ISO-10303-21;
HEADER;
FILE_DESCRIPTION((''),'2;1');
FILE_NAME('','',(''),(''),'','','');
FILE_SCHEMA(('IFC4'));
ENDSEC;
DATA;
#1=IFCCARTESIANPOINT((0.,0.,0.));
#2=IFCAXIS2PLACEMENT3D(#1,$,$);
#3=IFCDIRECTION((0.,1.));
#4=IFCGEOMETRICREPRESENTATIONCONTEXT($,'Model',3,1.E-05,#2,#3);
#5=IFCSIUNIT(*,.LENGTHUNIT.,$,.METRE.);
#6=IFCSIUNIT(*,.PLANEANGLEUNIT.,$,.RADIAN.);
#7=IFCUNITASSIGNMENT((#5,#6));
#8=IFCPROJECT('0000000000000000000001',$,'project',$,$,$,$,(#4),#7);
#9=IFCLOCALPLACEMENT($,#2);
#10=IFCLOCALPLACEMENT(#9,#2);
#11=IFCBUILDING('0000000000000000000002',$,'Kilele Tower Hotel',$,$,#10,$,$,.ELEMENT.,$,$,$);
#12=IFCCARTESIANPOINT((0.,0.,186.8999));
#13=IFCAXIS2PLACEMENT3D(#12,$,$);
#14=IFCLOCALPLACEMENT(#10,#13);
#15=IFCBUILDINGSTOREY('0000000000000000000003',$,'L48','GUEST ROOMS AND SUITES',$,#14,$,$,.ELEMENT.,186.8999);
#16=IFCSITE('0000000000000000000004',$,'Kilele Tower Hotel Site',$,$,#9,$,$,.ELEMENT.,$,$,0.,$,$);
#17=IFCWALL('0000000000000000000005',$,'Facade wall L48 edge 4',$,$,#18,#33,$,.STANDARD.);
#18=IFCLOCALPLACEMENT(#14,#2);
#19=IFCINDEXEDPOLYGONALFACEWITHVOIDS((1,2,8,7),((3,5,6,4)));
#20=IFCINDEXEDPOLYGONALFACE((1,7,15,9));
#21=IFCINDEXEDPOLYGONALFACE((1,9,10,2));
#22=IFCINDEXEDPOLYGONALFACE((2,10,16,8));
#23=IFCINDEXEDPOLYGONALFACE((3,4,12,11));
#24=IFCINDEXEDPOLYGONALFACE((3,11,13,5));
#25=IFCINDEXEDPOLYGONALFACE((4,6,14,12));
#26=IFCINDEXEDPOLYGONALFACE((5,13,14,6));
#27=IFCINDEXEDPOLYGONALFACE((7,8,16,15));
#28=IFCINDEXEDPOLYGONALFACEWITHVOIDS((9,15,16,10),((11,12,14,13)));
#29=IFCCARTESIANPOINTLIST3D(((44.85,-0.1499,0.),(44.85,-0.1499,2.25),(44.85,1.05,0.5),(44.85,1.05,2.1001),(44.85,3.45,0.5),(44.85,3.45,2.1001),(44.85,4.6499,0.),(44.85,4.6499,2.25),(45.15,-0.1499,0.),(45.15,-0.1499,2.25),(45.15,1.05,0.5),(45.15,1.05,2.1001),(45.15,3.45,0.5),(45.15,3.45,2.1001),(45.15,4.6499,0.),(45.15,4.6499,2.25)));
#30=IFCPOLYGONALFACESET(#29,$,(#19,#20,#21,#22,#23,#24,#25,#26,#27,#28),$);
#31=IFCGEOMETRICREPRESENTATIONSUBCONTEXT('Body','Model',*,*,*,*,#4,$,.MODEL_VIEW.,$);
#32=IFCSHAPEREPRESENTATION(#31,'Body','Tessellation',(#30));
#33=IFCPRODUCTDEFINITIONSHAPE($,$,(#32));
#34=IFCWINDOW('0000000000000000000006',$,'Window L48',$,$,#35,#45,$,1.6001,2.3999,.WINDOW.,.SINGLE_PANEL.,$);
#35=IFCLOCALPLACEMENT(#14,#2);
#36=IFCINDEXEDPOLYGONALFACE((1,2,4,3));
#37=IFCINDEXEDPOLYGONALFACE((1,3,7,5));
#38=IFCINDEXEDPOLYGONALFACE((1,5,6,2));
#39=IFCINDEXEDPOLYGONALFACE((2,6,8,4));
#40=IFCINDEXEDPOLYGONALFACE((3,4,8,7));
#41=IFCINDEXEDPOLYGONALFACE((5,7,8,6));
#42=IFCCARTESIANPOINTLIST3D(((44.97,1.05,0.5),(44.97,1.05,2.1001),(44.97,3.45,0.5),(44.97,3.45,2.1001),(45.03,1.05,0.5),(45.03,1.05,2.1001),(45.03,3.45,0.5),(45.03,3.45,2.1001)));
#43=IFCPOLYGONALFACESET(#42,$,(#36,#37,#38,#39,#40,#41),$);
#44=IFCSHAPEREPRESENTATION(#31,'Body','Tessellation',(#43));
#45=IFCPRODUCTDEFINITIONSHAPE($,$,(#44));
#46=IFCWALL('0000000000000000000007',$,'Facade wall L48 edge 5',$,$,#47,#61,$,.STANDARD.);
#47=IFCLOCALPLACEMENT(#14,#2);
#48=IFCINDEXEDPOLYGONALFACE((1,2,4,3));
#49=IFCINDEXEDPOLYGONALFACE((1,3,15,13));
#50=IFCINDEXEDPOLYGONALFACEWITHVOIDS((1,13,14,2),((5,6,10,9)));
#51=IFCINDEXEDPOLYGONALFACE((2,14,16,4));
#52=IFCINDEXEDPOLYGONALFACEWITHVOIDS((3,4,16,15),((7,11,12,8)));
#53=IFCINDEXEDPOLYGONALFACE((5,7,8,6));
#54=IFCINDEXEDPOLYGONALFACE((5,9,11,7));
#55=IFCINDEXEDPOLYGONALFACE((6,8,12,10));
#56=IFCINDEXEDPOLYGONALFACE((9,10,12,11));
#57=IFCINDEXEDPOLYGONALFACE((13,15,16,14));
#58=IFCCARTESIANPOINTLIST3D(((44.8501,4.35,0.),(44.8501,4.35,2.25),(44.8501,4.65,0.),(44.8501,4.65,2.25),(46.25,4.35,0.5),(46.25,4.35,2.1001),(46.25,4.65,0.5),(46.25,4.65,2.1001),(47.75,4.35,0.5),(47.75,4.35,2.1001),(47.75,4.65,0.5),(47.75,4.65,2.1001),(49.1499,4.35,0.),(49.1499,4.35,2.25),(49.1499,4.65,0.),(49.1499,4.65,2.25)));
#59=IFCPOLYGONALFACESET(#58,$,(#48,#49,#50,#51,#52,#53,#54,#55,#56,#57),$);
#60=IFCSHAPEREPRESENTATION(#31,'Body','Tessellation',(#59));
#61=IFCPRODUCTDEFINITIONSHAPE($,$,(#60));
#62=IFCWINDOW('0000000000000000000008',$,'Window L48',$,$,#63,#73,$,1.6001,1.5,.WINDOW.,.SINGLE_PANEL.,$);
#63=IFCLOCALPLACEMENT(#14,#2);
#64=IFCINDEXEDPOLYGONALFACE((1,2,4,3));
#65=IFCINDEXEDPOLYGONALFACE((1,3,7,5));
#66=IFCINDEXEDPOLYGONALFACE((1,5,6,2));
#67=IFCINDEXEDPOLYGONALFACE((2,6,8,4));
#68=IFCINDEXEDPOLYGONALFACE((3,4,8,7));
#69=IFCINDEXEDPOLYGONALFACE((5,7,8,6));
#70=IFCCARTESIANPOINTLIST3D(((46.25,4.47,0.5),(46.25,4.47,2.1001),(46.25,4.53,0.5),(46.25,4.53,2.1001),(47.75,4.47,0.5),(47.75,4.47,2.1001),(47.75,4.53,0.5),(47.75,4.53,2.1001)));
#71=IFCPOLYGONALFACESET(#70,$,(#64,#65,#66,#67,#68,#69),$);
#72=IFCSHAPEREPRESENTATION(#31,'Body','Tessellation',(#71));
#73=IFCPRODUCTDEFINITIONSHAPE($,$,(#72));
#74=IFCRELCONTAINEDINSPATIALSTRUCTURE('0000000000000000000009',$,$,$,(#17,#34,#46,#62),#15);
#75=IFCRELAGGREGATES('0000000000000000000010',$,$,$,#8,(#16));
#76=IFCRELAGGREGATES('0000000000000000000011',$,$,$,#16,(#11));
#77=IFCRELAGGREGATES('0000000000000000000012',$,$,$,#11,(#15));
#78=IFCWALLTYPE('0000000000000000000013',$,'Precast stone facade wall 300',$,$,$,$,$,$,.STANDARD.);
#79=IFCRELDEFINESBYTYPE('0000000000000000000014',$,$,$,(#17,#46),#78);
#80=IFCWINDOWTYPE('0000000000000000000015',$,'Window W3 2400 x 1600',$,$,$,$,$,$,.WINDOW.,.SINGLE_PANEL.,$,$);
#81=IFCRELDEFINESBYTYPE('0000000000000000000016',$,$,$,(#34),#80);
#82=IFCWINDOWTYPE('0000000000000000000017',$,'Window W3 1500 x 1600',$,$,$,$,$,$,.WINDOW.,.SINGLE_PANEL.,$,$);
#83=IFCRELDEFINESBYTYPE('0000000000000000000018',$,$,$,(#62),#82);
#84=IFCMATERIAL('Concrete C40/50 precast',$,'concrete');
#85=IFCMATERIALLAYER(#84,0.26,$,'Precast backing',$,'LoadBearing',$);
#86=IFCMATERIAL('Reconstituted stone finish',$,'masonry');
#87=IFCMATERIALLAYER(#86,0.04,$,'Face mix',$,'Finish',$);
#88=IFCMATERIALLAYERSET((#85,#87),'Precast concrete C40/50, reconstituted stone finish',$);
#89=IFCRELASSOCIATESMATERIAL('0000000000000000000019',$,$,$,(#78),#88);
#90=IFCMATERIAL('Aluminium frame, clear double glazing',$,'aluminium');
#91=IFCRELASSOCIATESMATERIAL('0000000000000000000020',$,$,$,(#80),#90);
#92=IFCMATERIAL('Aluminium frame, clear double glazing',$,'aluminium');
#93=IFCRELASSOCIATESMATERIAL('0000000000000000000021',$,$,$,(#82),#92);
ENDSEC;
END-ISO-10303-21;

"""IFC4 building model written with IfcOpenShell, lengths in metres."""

from ifc_helpers import new_model, si_unit, direction, frame, frame_2d, origin, place, context, subcontext, project, spatial, rectangle, extrude, material, layer, layer_set, type_object, element, fill, save


model = new_model("IFC4")

# Units and contexts
model_context = context("Model", 3, precision=1e-05, world=origin(), true_north=direction((0.0, 1.0)))
body_context = subcontext(model_context, "Body", "Model", "MODEL_VIEW")
ifc_project = project(units=[si_unit("LENGTHUNIT", "METRE"), si_unit("PLANEANGLEUNIT", "RADIAN")], contexts=[model_context])

# Site, building, storey
site_placement = place(None, origin())
site = spatial("IfcSite", under=ifc_project, at=site_placement, Name="Kilele Tower Hotel Site", CompositionType="ELEMENT", RefElevation=0.0)
building_placement = place(site_placement, origin())
building = spatial("IfcBuilding", under=site, at=building_placement, Name="Kilele Tower Hotel", CompositionType="ELEMENT")
storey_placement = place(building_placement, frame((0.0, 0.0, 186.8999)))
storey = spatial("IfcBuildingStorey", under=building, at=storey_placement, Name="L48", Description="GUEST ROOMS AND SUITES", CompositionType="ELEMENT", Elevation=186.8999)

# Walls, openings, windows
ifc_material_1 = material(Name="Concrete C40/50 precast", Category="concrete")
ifc_layer_1 = layer(ifc_material_1, 0.26, Name="Precast backing", Category="LoadBearing")
ifc_material_2 = material(Name="Reconstituted stone finish", Category="masonry")
ifc_layer_2 = layer(ifc_material_2, 0.04, Name="Face mix", Category="Finish")
ifc_layer_set_1 = layer_set([ifc_layer_1, ifc_layer_2], Name="Precast concrete C40/50, reconstituted stone finish")
wall_type_1 = type_object("IfcWallType", Name="Precast stone facade wall 300", PredefinedType="STANDARD", material=ifc_layer_set_1)
wall_1_placement = place(storey_placement, frame((45.0, -0.1499, 0.0), z_axis=(0.0, 0.0, 1.0), x_axis=(0.0, 1.0, 0.0)))
wall_1 = element("IfcWall", 1, at=wall_1_placement, inside=storey, type_object=wall_type_1, Name="Facade wall L48 edge 4", PredefinedType="STANDARD", context=body_context, shape_type="SweptSolid", body=[
    extrude(rectangle(XDim=4.7998, YDim=0.3, at=frame_2d((2.3999, 0.0))), origin(), (0.0, 0.0, 1.0), 2.25),
])
opening_1_placement = place(wall_1_placement, frame((1.2, 0.0, 0.5)))
opening_1 = element("IfcOpeningElement", 2, at=opening_1_placement, cuts=wall_1, PredefinedType="OPENING", context=body_context, shape_type="SweptSolid", body=[
    extrude(rectangle(XDim=2.3999, YDim=1.6001, at=frame_2d((1.2, 0.8))), frame((0.0, 0.1599, 0.0), z_axis=(0.0, -1.0, 0.0), x_axis=(1.0, 0.0, 0.0)), (0.0, 0.0, 1.0), 0.3201),
])
ifc_material_3 = material(Name="Aluminium frame, clear double glazing", Category="aluminium")
window_type_1 = type_object("IfcWindowType", Name="Window W3 2400 x 1600", PartitioningType="SINGLE_PANEL", PredefinedType="WINDOW", material=ifc_material_3)
window_1_placement = place(opening_1_placement, origin())
window_1 = element("IfcWindow", 3, at=window_1_placement, inside=storey, type_object=window_type_1, Name="Window L48", OverallHeight=1.6001, OverallWidth=2.3999, PartitioningType="SINGLE_PANEL", PredefinedType="WINDOW", context=body_context, shape_type="SweptSolid", body=[
    extrude(rectangle(XDim=2.3999, YDim=1.6001, at=frame_2d((1.2, 0.8))), frame((0.0, 0.03, 0.0), z_axis=(0.0, -1.0, 0.0), x_axis=(1.0, 0.0, 0.0)), (0.0, 0.0, 1.0), 0.0601),
])
fill(opening_1, window_1)
wall_2_placement = place(storey_placement, frame((44.8501, 4.5, 0.0), z_axis=(0.0, 0.0, 1.0), x_axis=(1.0, 0.0, 0.0)))
wall_2 = element("IfcWall", 4, at=wall_2_placement, inside=storey, type_object=wall_type_1, Name="Facade wall L48 edge 5", PredefinedType="STANDARD", context=body_context, shape_type="SweptSolid", body=[
    extrude(rectangle(XDim=4.2998, YDim=0.3, at=frame_2d((2.1499, 0.0))), origin(), (0.0, 0.0, 1.0), 2.25),
])
opening_2_placement = place(wall_2_placement, frame((1.3999, 0.0, 0.5)))
opening_2 = element("IfcOpeningElement", 5, at=opening_2_placement, cuts=wall_2, PredefinedType="OPENING", context=body_context, shape_type="SweptSolid", body=[
    extrude(rectangle(XDim=1.5, YDim=1.6001, at=frame_2d((0.75, 0.8))), frame((0.0, 0.1599, 0.0), z_axis=(0.0, -1.0, 0.0), x_axis=(1.0, 0.0, 0.0)), (0.0, 0.0, 1.0), 0.3201),
])
ifc_material_4 = material(Name="Aluminium frame, clear double glazing", Category="aluminium")
window_type_2 = type_object("IfcWindowType", Name="Window W3 1500 x 1600", PartitioningType="SINGLE_PANEL", PredefinedType="WINDOW", material=ifc_material_4)
window_2_placement = place(opening_2_placement, origin())
window_2 = element("IfcWindow", 6, at=window_2_placement, inside=storey, type_object=window_type_2, Name="Window L48", OverallHeight=1.6001, OverallWidth=1.5, PartitioningType="SINGLE_PANEL", PredefinedType="WINDOW", context=body_context, shape_type="SweptSolid", body=[
    extrude(rectangle(XDim=1.5, YDim=1.6001, at=frame_2d((0.75, 0.8))), frame((0.0, 0.03, 0.0), z_axis=(0.0, -1.0, 0.0), x_axis=(1.0, 0.0, 0.0)), (0.0, 0.0, 1.0), 0.0601),
])
fill(opening_2, window_2)

save(model, "model.ifc")
